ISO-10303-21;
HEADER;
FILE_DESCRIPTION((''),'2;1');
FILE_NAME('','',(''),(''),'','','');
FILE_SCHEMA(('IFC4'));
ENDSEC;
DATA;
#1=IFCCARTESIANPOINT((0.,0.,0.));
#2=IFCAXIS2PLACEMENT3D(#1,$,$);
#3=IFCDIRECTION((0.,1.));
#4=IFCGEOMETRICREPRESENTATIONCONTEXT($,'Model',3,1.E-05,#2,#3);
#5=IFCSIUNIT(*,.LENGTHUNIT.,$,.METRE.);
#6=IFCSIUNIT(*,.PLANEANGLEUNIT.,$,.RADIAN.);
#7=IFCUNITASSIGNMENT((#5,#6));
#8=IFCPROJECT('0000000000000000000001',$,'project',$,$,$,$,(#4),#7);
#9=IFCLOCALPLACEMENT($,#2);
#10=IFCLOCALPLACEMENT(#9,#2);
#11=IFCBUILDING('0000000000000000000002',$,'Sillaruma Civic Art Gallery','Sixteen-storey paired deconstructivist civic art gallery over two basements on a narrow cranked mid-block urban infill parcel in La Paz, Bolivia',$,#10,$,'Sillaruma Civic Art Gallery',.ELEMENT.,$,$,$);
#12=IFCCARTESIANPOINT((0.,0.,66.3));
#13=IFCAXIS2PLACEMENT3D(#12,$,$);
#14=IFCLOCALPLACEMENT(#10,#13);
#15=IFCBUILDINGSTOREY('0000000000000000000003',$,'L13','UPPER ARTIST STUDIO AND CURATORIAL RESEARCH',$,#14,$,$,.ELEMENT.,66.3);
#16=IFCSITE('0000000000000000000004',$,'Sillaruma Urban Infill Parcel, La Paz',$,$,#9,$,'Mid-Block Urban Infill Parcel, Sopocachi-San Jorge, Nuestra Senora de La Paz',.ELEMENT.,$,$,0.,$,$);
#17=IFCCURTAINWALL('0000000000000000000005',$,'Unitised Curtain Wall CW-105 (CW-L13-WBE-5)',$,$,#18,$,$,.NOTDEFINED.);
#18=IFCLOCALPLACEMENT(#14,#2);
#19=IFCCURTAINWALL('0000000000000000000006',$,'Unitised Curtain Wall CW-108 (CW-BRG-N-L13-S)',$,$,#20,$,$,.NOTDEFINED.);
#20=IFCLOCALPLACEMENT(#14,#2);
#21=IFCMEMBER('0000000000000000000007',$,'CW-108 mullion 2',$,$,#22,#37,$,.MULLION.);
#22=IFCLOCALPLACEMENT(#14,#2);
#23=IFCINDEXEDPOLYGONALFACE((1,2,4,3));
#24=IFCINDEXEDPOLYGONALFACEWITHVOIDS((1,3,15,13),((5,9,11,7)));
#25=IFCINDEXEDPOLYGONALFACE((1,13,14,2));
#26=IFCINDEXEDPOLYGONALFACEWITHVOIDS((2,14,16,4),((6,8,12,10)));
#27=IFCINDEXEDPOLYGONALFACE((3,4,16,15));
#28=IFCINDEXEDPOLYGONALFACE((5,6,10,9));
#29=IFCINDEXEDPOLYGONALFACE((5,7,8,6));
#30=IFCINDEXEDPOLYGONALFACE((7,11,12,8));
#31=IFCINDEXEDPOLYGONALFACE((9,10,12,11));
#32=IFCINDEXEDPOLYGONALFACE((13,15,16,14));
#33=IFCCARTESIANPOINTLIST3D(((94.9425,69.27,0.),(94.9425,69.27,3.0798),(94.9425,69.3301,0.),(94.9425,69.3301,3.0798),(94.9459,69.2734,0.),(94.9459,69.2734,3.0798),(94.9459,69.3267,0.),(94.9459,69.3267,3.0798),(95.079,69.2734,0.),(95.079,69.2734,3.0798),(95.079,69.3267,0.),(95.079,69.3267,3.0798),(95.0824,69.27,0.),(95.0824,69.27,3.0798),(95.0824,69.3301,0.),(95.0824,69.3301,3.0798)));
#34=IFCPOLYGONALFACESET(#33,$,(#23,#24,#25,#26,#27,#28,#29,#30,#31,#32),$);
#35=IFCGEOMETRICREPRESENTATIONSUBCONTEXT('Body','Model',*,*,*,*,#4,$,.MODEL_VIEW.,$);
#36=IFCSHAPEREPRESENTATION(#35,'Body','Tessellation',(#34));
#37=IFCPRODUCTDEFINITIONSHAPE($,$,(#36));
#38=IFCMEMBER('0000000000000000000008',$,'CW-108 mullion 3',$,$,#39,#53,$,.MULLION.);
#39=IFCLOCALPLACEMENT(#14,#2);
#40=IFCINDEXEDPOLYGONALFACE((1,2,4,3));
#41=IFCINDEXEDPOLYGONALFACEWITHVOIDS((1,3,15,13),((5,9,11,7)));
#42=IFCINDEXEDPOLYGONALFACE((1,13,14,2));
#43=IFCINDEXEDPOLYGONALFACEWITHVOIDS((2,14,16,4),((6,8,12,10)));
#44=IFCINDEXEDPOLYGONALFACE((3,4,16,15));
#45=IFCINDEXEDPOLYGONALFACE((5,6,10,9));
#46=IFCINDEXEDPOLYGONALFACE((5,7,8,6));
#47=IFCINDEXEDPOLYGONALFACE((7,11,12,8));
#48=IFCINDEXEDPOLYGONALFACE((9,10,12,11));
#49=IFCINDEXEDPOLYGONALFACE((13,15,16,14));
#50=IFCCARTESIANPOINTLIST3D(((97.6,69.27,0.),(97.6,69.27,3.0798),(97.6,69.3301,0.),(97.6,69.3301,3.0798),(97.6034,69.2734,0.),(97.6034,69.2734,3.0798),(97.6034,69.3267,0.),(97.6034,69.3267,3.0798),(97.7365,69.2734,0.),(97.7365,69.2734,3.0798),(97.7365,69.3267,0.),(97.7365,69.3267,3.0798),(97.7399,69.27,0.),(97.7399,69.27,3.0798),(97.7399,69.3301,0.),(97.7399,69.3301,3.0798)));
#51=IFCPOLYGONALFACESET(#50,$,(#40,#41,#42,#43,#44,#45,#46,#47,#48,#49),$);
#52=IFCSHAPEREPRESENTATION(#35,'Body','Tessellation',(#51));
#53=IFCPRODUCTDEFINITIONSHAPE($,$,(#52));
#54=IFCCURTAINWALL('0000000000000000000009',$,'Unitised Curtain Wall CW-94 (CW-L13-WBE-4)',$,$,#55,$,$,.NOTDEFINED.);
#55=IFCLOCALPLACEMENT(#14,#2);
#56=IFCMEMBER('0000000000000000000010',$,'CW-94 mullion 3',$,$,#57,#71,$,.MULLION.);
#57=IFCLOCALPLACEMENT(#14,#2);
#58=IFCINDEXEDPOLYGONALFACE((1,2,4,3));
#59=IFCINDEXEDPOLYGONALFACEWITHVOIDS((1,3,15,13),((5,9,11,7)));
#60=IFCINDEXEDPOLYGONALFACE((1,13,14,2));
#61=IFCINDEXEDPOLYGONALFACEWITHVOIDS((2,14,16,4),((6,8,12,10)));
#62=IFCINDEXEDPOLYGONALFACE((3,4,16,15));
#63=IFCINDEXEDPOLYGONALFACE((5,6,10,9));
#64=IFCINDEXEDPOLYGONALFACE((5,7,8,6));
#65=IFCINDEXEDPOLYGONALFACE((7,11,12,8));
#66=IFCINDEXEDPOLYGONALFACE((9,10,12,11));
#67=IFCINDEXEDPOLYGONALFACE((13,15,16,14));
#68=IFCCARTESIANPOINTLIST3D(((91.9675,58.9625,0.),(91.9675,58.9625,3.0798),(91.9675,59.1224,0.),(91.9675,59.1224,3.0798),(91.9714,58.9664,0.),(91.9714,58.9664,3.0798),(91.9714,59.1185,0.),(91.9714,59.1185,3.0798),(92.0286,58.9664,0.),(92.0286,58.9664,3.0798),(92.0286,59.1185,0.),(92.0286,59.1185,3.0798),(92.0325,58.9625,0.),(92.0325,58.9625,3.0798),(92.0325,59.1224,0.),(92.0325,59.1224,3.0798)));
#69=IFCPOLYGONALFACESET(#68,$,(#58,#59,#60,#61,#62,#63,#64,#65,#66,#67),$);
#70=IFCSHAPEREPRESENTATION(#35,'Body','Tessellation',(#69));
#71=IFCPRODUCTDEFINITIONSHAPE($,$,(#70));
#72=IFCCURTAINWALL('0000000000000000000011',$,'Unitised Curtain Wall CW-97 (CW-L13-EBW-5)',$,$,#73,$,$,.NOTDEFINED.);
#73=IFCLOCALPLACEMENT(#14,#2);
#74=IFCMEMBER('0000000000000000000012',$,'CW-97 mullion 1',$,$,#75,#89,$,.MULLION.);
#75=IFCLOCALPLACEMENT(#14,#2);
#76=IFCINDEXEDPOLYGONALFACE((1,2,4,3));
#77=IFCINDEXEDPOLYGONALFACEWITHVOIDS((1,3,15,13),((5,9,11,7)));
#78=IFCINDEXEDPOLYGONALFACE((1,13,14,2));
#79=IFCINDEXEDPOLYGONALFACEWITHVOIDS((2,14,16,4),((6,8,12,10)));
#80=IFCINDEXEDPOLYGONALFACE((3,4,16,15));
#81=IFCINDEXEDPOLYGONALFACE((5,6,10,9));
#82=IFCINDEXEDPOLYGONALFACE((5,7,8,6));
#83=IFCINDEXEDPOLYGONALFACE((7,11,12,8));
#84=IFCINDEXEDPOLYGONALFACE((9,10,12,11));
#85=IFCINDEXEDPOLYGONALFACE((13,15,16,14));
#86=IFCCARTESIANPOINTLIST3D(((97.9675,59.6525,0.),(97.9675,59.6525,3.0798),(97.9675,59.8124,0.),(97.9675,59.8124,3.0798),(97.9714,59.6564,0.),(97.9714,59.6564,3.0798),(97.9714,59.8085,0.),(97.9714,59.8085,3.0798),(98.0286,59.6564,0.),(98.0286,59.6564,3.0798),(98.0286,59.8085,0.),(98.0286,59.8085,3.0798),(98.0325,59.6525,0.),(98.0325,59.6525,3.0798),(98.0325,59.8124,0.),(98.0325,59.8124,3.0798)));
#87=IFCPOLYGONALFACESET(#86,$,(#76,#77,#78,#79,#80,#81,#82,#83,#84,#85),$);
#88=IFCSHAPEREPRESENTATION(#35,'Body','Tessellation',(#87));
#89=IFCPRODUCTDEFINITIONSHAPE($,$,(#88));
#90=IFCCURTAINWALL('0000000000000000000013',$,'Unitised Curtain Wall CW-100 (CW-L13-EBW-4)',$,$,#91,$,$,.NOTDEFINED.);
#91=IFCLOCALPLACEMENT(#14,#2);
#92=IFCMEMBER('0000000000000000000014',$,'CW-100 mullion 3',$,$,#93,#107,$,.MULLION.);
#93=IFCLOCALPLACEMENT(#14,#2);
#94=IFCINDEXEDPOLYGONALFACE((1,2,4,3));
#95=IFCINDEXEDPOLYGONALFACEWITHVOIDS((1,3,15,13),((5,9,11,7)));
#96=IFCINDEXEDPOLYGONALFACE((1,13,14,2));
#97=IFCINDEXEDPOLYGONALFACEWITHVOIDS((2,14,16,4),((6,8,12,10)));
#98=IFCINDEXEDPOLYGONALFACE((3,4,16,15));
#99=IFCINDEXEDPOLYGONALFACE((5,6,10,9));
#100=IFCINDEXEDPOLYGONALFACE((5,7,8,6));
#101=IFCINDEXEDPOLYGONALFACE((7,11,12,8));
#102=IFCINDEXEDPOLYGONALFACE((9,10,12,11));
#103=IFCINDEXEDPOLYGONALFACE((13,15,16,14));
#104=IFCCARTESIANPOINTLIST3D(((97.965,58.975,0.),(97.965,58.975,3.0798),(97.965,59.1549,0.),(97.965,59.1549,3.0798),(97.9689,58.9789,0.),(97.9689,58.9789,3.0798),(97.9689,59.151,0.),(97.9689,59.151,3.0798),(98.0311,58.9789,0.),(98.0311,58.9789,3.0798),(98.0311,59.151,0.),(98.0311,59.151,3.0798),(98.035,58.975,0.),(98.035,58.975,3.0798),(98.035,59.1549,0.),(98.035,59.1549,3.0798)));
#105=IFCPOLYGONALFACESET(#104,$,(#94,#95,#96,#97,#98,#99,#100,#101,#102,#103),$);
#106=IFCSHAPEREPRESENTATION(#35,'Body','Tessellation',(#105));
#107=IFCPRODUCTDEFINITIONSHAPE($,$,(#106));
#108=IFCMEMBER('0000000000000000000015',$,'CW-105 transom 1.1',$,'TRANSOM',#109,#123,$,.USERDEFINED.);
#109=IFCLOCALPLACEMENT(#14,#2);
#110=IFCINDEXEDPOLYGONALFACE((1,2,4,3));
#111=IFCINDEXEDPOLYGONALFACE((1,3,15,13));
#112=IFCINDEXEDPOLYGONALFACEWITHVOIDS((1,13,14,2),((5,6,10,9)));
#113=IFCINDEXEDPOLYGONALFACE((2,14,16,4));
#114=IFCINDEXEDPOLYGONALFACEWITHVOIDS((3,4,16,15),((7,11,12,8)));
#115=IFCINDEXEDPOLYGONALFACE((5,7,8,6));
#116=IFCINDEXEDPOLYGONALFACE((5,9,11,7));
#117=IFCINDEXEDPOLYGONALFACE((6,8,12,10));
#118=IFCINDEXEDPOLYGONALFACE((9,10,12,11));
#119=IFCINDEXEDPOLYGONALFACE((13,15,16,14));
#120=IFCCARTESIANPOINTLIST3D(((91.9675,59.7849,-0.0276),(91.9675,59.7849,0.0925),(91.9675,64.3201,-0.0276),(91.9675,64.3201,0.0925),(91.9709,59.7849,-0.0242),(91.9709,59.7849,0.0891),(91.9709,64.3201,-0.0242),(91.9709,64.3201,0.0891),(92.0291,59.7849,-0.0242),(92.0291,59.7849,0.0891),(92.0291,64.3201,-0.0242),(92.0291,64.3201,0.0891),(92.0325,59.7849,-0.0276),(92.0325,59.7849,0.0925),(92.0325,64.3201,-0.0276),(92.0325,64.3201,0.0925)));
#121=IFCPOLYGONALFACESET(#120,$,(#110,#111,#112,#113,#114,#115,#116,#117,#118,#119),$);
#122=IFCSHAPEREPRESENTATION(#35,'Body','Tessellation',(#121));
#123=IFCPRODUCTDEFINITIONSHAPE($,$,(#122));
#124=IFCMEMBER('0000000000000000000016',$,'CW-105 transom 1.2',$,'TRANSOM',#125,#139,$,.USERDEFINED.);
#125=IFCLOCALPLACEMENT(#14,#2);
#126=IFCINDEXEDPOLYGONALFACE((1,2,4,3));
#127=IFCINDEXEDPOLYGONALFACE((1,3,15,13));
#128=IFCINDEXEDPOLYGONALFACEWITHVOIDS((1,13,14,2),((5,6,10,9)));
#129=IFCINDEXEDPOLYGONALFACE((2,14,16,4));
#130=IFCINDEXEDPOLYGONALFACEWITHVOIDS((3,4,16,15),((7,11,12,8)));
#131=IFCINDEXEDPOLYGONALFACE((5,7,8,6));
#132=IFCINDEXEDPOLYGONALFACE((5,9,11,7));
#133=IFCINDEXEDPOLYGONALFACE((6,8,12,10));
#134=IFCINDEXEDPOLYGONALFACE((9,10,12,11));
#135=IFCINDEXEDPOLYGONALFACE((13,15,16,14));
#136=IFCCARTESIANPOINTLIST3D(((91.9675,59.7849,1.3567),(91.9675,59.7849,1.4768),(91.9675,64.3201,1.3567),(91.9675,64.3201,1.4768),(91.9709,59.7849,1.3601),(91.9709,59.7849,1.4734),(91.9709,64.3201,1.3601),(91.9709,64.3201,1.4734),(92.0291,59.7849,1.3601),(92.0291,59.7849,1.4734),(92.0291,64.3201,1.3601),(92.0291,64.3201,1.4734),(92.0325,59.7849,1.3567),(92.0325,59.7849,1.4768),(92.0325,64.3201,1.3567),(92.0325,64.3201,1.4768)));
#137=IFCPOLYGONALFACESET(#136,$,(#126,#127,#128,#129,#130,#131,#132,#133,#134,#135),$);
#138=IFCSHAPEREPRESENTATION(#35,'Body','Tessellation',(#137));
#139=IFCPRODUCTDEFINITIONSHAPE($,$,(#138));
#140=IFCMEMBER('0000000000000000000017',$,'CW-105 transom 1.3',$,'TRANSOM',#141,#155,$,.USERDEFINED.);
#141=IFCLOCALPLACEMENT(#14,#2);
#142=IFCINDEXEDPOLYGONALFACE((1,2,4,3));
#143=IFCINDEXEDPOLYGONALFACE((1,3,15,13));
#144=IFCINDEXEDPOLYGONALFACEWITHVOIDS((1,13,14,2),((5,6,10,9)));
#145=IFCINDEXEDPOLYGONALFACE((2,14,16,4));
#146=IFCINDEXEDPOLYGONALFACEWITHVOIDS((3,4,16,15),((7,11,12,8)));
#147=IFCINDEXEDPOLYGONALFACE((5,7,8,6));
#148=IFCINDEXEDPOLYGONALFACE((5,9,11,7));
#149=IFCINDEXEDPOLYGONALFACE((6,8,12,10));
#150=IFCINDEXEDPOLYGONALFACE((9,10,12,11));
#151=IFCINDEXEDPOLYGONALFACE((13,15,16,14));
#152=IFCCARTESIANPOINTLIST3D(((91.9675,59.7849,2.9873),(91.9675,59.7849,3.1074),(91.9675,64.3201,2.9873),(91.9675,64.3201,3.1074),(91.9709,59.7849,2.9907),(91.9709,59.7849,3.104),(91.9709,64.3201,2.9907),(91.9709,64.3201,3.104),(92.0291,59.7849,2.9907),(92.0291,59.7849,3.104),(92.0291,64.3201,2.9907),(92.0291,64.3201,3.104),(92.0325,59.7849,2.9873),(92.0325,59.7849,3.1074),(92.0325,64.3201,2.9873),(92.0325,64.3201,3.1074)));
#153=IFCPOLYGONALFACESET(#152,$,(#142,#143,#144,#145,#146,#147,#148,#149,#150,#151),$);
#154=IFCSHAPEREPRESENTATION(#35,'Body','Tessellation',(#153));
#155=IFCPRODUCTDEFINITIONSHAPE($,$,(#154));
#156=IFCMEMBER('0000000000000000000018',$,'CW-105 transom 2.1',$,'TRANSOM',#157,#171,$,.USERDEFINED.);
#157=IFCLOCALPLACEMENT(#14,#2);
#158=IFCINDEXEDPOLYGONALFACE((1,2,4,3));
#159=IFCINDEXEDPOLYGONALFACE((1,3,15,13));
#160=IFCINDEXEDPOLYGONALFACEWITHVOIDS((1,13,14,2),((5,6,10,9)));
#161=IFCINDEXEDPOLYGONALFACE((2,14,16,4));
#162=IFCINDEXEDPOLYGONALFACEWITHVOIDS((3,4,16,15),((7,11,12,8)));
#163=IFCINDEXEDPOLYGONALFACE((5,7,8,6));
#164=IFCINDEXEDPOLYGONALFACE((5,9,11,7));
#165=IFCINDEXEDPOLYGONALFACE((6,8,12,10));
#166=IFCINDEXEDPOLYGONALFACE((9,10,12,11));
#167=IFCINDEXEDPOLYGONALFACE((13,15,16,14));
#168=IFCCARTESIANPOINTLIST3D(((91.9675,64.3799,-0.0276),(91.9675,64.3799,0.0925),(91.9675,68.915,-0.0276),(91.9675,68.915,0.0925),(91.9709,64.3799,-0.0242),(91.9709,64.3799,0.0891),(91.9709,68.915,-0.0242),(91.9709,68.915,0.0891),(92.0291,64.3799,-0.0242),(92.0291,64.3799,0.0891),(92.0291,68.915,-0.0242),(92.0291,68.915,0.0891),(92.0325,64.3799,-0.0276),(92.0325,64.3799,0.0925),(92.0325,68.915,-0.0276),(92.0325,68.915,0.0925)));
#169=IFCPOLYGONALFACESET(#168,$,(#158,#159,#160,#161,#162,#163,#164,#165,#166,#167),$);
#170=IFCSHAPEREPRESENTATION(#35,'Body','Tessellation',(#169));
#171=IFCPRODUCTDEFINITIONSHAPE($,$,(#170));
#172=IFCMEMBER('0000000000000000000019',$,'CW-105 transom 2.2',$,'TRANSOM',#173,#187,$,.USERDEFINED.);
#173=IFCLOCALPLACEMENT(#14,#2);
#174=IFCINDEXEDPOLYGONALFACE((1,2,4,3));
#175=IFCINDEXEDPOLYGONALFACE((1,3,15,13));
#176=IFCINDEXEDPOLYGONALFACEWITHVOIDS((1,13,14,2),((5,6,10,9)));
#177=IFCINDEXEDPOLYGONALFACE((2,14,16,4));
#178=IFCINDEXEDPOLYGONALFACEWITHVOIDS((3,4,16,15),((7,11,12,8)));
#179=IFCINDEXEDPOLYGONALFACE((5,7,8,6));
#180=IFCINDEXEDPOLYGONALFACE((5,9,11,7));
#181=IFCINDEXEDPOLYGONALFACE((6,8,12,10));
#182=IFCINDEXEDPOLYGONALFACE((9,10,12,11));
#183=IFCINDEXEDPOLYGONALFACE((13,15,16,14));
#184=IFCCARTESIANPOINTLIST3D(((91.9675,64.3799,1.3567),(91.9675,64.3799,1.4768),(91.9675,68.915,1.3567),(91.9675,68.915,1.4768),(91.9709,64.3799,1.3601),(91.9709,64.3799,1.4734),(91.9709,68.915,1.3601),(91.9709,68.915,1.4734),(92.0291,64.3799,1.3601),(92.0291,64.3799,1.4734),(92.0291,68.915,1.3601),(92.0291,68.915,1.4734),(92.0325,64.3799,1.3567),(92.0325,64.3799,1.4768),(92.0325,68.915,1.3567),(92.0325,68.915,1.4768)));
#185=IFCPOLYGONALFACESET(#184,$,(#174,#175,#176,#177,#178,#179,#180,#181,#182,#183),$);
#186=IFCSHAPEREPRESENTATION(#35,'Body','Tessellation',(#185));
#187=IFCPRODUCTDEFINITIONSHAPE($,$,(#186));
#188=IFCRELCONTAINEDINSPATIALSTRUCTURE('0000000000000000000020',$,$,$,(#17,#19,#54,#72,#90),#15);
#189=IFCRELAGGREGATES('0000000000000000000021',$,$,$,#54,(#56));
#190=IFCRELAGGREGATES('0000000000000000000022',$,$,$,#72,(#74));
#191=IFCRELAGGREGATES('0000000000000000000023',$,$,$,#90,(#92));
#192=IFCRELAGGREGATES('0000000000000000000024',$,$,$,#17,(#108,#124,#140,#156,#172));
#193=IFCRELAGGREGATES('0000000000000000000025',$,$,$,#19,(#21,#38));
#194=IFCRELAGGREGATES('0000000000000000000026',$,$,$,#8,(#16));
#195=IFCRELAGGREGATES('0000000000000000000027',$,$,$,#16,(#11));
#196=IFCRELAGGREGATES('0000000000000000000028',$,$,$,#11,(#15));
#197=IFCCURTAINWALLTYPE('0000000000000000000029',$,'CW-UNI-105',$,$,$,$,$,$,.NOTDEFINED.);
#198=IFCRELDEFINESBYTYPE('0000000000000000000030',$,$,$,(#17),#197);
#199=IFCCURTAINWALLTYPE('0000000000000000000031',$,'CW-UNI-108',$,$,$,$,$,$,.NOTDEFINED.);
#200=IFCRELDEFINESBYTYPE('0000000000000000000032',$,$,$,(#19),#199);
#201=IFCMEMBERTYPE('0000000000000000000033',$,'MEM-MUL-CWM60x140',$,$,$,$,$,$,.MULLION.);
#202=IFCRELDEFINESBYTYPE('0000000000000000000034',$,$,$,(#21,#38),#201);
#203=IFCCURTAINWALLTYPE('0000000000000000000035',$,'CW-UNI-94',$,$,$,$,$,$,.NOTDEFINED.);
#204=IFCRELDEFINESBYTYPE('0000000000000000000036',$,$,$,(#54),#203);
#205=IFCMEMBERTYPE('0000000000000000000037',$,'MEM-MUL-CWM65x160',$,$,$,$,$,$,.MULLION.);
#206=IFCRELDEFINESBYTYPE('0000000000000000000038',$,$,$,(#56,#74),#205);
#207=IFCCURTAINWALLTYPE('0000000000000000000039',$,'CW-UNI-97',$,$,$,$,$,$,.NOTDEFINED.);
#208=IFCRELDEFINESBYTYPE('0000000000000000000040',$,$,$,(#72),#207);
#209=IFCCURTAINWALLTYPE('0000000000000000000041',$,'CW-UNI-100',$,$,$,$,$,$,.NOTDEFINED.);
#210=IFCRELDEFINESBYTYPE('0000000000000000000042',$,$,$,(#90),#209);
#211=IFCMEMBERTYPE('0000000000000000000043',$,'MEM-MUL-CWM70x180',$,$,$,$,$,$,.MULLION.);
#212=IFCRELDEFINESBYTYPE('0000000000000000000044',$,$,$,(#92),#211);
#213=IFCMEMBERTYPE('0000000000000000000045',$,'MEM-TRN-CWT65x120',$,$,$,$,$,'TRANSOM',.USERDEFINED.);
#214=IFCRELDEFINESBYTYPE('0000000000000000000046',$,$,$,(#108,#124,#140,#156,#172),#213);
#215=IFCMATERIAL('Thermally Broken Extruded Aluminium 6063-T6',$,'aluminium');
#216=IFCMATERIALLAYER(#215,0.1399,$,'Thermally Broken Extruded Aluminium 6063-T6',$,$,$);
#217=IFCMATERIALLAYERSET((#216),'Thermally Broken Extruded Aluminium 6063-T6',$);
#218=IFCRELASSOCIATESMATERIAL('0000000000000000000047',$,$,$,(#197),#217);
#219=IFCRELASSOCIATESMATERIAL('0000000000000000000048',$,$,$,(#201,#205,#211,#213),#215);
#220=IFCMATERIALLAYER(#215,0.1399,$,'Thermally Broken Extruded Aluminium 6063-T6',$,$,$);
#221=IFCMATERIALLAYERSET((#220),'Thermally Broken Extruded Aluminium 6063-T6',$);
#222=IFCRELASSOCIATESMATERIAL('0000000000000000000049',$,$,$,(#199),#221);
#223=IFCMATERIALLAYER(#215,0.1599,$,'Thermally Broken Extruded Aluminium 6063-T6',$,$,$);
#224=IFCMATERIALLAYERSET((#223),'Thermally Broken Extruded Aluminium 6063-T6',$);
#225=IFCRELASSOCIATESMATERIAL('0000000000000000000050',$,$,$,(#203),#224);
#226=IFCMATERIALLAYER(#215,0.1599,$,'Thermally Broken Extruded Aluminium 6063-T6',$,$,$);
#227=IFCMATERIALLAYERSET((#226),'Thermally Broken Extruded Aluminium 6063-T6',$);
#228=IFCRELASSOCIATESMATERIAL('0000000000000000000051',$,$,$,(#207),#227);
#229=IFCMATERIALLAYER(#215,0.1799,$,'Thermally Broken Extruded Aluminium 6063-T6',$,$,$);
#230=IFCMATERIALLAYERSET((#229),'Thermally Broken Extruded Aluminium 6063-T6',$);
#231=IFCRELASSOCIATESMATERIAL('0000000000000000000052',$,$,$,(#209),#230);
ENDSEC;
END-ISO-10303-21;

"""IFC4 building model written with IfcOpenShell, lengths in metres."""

from ifc_helpers import new_model, si_unit, direction, frame, origin, origin_2d, place, context, subcontext, project, spatial, hollow_rectangle, extrude, material, layer, layer_set, material_profile, profile_set, type_object, element, aggregate, save


model = new_model("IFC4")

# Units and contexts
model_context = context("Model", 3, precision=1e-05, world=origin(), true_north=direction((0.0, 1.0)))
body_context = subcontext(model_context, "Body", "Model", "MODEL_VIEW")
ifc_project = project(units=[si_unit("LENGTHUNIT", "METRE"), si_unit("PLANEANGLEUNIT", "RADIAN")], contexts=[model_context])

# Site, building, storey
site_placement = place(None, origin())
site = spatial("IfcSite", under=ifc_project, at=site_placement, Name="Sillaruma Urban Infill Parcel, La Paz", LongName="Mid-Block Urban Infill Parcel, Sopocachi-San Jorge, Nuestra Senora de La Paz", CompositionType="ELEMENT", RefElevation=0.0)
building_placement = place(site_placement, origin())
building = spatial("IfcBuilding", under=site, at=building_placement, Name="Sillaruma Civic Art Gallery", Description="Sixteen-storey paired deconstructivist civic art gallery over two basements on a narrow cranked mid-block urban infill parcel in La Paz, Bolivia", LongName="Sillaruma Civic Art Gallery", CompositionType="ELEMENT")
storey_placement = place(building_placement, frame((0.0, 0.0, 66.3)))
storey = spatial("IfcBuildingStorey", under=building, at=storey_placement, Name="L13", Description="UPPER ARTIST STUDIO AND CURATORIAL RESEARCH", CompositionType="ELEMENT", Elevation=66.3)

# Curtain walls, members
ifc_material_1 = material(Name="Thermally Broken Extruded Aluminium 6063-T6", Category="aluminium")
ifc_layer_1 = layer(ifc_material_1, 0.1399, Name="Thermally Broken Extruded Aluminium 6063-T6")
ifc_layer_set_1 = layer_set([ifc_layer_1], Name="Thermally Broken Extruded Aluminium 6063-T6")
curtain_wall_type_1 = type_object("IfcCurtainWallType", Name="CW-UNI-105", PredefinedType="NOTDEFINED", material=ifc_layer_set_1)
curtain_wall_1_placement = place(storey_placement, origin())
curtain_wall_1 = element("IfcCurtainWall", 1, at=curtain_wall_1_placement, inside=storey, type_object=curtain_wall_type_1, Name="Unitised Curtain Wall CW-105 (CW-L13-WBE-5)", PredefinedType="NOTDEFINED")
ifc_material_profile_1 = material_profile(ifc_material_1, hollow_rectangle(XDim=0.0601, YDim=0.1399, WallThickness=0.0034, at=origin_2d()), Name="CWM60x140")
ifc_profile_set_1 = profile_set([ifc_material_profile_1], Name="Thermally Broken Extruded Aluminium 6063-T6")
member_type_1 = type_object("IfcMemberType", Name="MEM-MUL-CWM60x140", PredefinedType="MULLION", material=ifc_profile_set_1)
ifc_layer_2 = layer(ifc_material_1, 0.1399, Name="Thermally Broken Extruded Aluminium 6063-T6")
ifc_layer_set_2 = layer_set([ifc_layer_2], Name="Thermally Broken Extruded Aluminium 6063-T6")
curtain_wall_type_2 = type_object("IfcCurtainWallType", Name="CW-UNI-108", PredefinedType="NOTDEFINED", material=ifc_layer_set_2)
curtain_wall_2_placement = place(storey_placement, origin())
curtain_wall_2 = element("IfcCurtainWall", 2, at=curtain_wall_2_placement, inside=storey, type_object=curtain_wall_type_2, Name="Unitised Curtain Wall CW-108 (CW-BRG-N-L13-S)", PredefinedType="NOTDEFINED")
member_1_placement = place(storey_placement, frame((95.0125, 69.3, 0.0), z_axis=(0.0, 0.0, 1.0), x_axis=(0.0, 1.0, 0.0)))
member_1 = element("IfcMember", 3, at=member_1_placement, type_object=member_type_1, Name="CW-108 mullion 2", PredefinedType="MULLION", context=body_context, shape_type="SweptSolid", body=[
    extrude(hollow_rectangle(XDim=0.0601, YDim=0.1399, WallThickness=0.0034, at=origin_2d()), origin(), (0.0, 0.0, 1.0), 3.0798),
])
member_2_placement = place(storey_placement, frame((97.6699, 69.3, 0.0), z_axis=(0.0, 0.0, 1.0), x_axis=(0.0, 1.0, 0.0)))
member_2 = element("IfcMember", 4, at=member_2_placement, type_object=member_type_1, Name="CW-108 mullion 3", PredefinedType="MULLION", context=body_context, shape_type="SweptSolid", body=[
    extrude(hollow_rectangle(XDim=0.0601, YDim=0.1399, WallThickness=0.0034, at=origin_2d()), origin(), (0.0, 0.0, 1.0), 3.0798),
])

# Curtain walls, members
ifc_layer_3 = layer(ifc_material_1, 0.1599, Name="Thermally Broken Extruded Aluminium 6063-T6")
ifc_layer_set_3 = layer_set([ifc_layer_3], Name="Thermally Broken Extruded Aluminium 6063-T6")
curtain_wall_type_3 = type_object("IfcCurtainWallType", Name="CW-UNI-94", PredefinedType="NOTDEFINED", material=ifc_layer_set_3)
curtain_wall_3_placement = place(storey_placement, origin())
curtain_wall_3 = element("IfcCurtainWall", 5, at=curtain_wall_3_placement, inside=storey, type_object=curtain_wall_type_3, Name="Unitised Curtain Wall CW-94 (CW-L13-WBE-4)", PredefinedType="NOTDEFINED")
ifc_material_profile_2 = material_profile(ifc_material_1, hollow_rectangle(XDim=0.0649, YDim=0.1599, WallThickness=0.0039, at=origin_2d()), Name="CWM65x160")
ifc_profile_set_2 = profile_set([ifc_material_profile_2], Name="Thermally Broken Extruded Aluminium 6063-T6")
member_type_2 = type_object("IfcMemberType", Name="MEM-MUL-CWM65x160", PredefinedType="MULLION", material=ifc_profile_set_2)
member_3_placement = place(storey_placement, frame((92.0, 59.0425, 0.0), z_axis=(0.0, 0.0, 1.0), x_axis=(-1.0, 0.0, 0.0)))
member_3 = element("IfcMember", 6, at=member_3_placement, type_object=member_type_2, Name="CW-94 mullion 3", PredefinedType="MULLION", context=body_context, shape_type="SweptSolid", body=[
    extrude(hollow_rectangle(XDim=0.0649, YDim=0.1599, WallThickness=0.0039, at=origin_2d()), origin(), (0.0, 0.0, 1.0), 3.0798),
])
aggregate(curtain_wall_3, [member_3])
ifc_layer_4 = layer(ifc_material_1, 0.1599, Name="Thermally Broken Extruded Aluminium 6063-T6")
ifc_layer_set_4 = layer_set([ifc_layer_4], Name="Thermally Broken Extruded Aluminium 6063-T6")
curtain_wall_type_4 = type_object("IfcCurtainWallType", Name="CW-UNI-97", PredefinedType="NOTDEFINED", material=ifc_layer_set_4)
curtain_wall_4_placement = place(storey_placement, origin())
curtain_wall_4 = element("IfcCurtainWall", 7, at=curtain_wall_4_placement, inside=storey, type_object=curtain_wall_type_4, Name="Unitised Curtain Wall CW-97 (CW-L13-EBW-5)", PredefinedType="NOTDEFINED")
member_4_placement = place(storey_placement, frame((98.0, 59.7324, 0.0), z_axis=(0.0, 0.0, 1.0), x_axis=(-1.0, 0.0, 0.0)))
member_4 = element("IfcMember", 8, at=member_4_placement, type_object=member_type_2, Name="CW-97 mullion 1", PredefinedType="MULLION", context=body_context, shape_type="SweptSolid", body=[
    extrude(hollow_rectangle(XDim=0.0649, YDim=0.1599, WallThickness=0.0039, at=origin_2d()), origin(), (0.0, 0.0, 1.0), 3.0798),
])
aggregate(curtain_wall_4, [member_4])
ifc_layer_5 = layer(ifc_material_1, 0.1799, Name="Thermally Broken Extruded Aluminium 6063-T6")
ifc_layer_set_5 = layer_set([ifc_layer_5], Name="Thermally Broken Extruded Aluminium 6063-T6")
curtain_wall_type_5 = type_object("IfcCurtainWallType", Name="CW-UNI-100", PredefinedType="NOTDEFINED", material=ifc_layer_set_5)
curtain_wall_5_placement = place(storey_placement, origin())
curtain_wall_5 = element("IfcCurtainWall", 9, at=curtain_wall_5_placement, inside=storey, type_object=curtain_wall_type_5, Name="Unitised Curtain Wall CW-100 (CW-L13-EBW-4)", PredefinedType="NOTDEFINED")
ifc_material_profile_3 = material_profile(ifc_material_1, hollow_rectangle(XDim=0.0701, YDim=0.1799, WallThickness=0.0039, at=origin_2d()), Name="CWM70x180")
ifc_profile_set_3 = profile_set([ifc_material_profile_3], Name="Thermally Broken Extruded Aluminium 6063-T6")
member_type_3 = type_object("IfcMemberType", Name="MEM-MUL-CWM70x180", PredefinedType="MULLION", material=ifc_profile_set_3)
member_5_placement = place(storey_placement, frame((98.0, 59.0649, 0.0), z_axis=(0.0, 0.0, 1.0), x_axis=(-1.0, 0.0, 0.0)))
member_5 = element("IfcMember", 10, at=member_5_placement, type_object=member_type_3, Name="CW-100 mullion 3", PredefinedType="MULLION", context=body_context, shape_type="SweptSolid", body=[
    extrude(hollow_rectangle(XDim=0.0701, YDim=0.1799, WallThickness=0.0039, at=origin_2d()), origin(), (0.0, 0.0, 1.0), 3.0798),
])
aggregate(curtain_wall_5, [member_5])

# Members
ifc_material_profile_4 = material_profile(ifc_material_1, hollow_rectangle(XDim=0.0649, YDim=0.1201, WallThickness=0.0034, at=origin_2d()), Name="CWT65x120")
ifc_profile_set_4 = profile_set([ifc_material_profile_4], Name="Thermally Broken Extruded Aluminium 6063-T6")
member_type_4 = type_object("IfcMemberType", Name="MEM-TRN-CWT65x120", ElementType="TRANSOM", PredefinedType="USERDEFINED", material=ifc_profile_set_4)
member_6_placement = place(storey_placement, frame((92.0, 59.7849, 0.0325), z_axis=(0.0, 1.0, 0.0), x_axis=(-1.0, 0.0, 0.0)))
member_6 = element("IfcMember", 11, at=member_6_placement, type_object=member_type_4, Name="CW-105 transom 1.1", ObjectType="TRANSOM", PredefinedType="USERDEFINED", context=body_context, shape_type="SweptSolid", body=[
    extrude(hollow_rectangle(XDim=0.0649, YDim=0.1201, WallThickness=0.0034, at=origin_2d()), origin(), (0.0, 0.0, 1.0), 4.5352),
])
member_7_placement = place(storey_placement, frame((92.0, 59.7849, 1.4167), z_axis=(0.0, 1.0, 0.0), x_axis=(-1.0, 0.0, 0.0)))
member_7 = element("IfcMember", 12, at=member_7_placement, type_object=member_type_4, Name="CW-105 transom 1.2", ObjectType="TRANSOM", PredefinedType="USERDEFINED", context=body_context, shape_type="SweptSolid", body=[
    extrude(hollow_rectangle(XDim=0.0649, YDim=0.1201, WallThickness=0.0034, at=origin_2d()), origin(), (0.0, 0.0, 1.0), 4.5352),
])
member_8_placement = place(storey_placement, frame((92.0, 59.7849, 3.0474), z_axis=(0.0, 1.0, 0.0), x_axis=(-1.0, 0.0, 0.0)))
member_8 = element("IfcMember", 13, at=member_8_placement, type_object=member_type_4, Name="CW-105 transom 1.3", ObjectType="TRANSOM", PredefinedType="USERDEFINED", context=body_context, shape_type="SweptSolid", body=[
    extrude(hollow_rectangle(XDim=0.0649, YDim=0.1201, WallThickness=0.0034, at=origin_2d()), origin(), (0.0, 0.0, 1.0), 4.5352),
])
member_9_placement = place(storey_placement, frame((92.0, 64.3799, 0.0325), z_axis=(0.0, 1.0, 0.0), x_axis=(-1.0, 0.0, 0.0)))
member_9 = element("IfcMember", 14, at=member_9_placement, type_object=member_type_4, Name="CW-105 transom 2.1", ObjectType="TRANSOM", PredefinedType="USERDEFINED", context=body_context, shape_type="SweptSolid", body=[
    extrude(hollow_rectangle(XDim=0.0649, YDim=0.1201, WallThickness=0.0034, at=origin_2d()), origin(), (0.0, 0.0, 1.0), 4.5352),
])
member_10_placement = place(storey_placement, frame((92.0, 64.3799, 1.4167), z_axis=(0.0, 1.0, 0.0), x_axis=(-1.0, 0.0, 0.0)))
member_10 = element("IfcMember", 15, at=member_10_placement, type_object=member_type_4, Name="CW-105 transom 2.2", ObjectType="TRANSOM", PredefinedType="USERDEFINED", context=body_context, shape_type="SweptSolid", body=[
    extrude(hollow_rectangle(XDim=0.0649, YDim=0.1201, WallThickness=0.0034, at=origin_2d()), origin(), (0.0, 0.0, 1.0), 4.5352),
])

aggregate(curtain_wall_1, [member_6, member_7, member_8, member_9, member_10])
aggregate(curtain_wall_2, [member_1, member_2])

save(model, "model.ifc")
